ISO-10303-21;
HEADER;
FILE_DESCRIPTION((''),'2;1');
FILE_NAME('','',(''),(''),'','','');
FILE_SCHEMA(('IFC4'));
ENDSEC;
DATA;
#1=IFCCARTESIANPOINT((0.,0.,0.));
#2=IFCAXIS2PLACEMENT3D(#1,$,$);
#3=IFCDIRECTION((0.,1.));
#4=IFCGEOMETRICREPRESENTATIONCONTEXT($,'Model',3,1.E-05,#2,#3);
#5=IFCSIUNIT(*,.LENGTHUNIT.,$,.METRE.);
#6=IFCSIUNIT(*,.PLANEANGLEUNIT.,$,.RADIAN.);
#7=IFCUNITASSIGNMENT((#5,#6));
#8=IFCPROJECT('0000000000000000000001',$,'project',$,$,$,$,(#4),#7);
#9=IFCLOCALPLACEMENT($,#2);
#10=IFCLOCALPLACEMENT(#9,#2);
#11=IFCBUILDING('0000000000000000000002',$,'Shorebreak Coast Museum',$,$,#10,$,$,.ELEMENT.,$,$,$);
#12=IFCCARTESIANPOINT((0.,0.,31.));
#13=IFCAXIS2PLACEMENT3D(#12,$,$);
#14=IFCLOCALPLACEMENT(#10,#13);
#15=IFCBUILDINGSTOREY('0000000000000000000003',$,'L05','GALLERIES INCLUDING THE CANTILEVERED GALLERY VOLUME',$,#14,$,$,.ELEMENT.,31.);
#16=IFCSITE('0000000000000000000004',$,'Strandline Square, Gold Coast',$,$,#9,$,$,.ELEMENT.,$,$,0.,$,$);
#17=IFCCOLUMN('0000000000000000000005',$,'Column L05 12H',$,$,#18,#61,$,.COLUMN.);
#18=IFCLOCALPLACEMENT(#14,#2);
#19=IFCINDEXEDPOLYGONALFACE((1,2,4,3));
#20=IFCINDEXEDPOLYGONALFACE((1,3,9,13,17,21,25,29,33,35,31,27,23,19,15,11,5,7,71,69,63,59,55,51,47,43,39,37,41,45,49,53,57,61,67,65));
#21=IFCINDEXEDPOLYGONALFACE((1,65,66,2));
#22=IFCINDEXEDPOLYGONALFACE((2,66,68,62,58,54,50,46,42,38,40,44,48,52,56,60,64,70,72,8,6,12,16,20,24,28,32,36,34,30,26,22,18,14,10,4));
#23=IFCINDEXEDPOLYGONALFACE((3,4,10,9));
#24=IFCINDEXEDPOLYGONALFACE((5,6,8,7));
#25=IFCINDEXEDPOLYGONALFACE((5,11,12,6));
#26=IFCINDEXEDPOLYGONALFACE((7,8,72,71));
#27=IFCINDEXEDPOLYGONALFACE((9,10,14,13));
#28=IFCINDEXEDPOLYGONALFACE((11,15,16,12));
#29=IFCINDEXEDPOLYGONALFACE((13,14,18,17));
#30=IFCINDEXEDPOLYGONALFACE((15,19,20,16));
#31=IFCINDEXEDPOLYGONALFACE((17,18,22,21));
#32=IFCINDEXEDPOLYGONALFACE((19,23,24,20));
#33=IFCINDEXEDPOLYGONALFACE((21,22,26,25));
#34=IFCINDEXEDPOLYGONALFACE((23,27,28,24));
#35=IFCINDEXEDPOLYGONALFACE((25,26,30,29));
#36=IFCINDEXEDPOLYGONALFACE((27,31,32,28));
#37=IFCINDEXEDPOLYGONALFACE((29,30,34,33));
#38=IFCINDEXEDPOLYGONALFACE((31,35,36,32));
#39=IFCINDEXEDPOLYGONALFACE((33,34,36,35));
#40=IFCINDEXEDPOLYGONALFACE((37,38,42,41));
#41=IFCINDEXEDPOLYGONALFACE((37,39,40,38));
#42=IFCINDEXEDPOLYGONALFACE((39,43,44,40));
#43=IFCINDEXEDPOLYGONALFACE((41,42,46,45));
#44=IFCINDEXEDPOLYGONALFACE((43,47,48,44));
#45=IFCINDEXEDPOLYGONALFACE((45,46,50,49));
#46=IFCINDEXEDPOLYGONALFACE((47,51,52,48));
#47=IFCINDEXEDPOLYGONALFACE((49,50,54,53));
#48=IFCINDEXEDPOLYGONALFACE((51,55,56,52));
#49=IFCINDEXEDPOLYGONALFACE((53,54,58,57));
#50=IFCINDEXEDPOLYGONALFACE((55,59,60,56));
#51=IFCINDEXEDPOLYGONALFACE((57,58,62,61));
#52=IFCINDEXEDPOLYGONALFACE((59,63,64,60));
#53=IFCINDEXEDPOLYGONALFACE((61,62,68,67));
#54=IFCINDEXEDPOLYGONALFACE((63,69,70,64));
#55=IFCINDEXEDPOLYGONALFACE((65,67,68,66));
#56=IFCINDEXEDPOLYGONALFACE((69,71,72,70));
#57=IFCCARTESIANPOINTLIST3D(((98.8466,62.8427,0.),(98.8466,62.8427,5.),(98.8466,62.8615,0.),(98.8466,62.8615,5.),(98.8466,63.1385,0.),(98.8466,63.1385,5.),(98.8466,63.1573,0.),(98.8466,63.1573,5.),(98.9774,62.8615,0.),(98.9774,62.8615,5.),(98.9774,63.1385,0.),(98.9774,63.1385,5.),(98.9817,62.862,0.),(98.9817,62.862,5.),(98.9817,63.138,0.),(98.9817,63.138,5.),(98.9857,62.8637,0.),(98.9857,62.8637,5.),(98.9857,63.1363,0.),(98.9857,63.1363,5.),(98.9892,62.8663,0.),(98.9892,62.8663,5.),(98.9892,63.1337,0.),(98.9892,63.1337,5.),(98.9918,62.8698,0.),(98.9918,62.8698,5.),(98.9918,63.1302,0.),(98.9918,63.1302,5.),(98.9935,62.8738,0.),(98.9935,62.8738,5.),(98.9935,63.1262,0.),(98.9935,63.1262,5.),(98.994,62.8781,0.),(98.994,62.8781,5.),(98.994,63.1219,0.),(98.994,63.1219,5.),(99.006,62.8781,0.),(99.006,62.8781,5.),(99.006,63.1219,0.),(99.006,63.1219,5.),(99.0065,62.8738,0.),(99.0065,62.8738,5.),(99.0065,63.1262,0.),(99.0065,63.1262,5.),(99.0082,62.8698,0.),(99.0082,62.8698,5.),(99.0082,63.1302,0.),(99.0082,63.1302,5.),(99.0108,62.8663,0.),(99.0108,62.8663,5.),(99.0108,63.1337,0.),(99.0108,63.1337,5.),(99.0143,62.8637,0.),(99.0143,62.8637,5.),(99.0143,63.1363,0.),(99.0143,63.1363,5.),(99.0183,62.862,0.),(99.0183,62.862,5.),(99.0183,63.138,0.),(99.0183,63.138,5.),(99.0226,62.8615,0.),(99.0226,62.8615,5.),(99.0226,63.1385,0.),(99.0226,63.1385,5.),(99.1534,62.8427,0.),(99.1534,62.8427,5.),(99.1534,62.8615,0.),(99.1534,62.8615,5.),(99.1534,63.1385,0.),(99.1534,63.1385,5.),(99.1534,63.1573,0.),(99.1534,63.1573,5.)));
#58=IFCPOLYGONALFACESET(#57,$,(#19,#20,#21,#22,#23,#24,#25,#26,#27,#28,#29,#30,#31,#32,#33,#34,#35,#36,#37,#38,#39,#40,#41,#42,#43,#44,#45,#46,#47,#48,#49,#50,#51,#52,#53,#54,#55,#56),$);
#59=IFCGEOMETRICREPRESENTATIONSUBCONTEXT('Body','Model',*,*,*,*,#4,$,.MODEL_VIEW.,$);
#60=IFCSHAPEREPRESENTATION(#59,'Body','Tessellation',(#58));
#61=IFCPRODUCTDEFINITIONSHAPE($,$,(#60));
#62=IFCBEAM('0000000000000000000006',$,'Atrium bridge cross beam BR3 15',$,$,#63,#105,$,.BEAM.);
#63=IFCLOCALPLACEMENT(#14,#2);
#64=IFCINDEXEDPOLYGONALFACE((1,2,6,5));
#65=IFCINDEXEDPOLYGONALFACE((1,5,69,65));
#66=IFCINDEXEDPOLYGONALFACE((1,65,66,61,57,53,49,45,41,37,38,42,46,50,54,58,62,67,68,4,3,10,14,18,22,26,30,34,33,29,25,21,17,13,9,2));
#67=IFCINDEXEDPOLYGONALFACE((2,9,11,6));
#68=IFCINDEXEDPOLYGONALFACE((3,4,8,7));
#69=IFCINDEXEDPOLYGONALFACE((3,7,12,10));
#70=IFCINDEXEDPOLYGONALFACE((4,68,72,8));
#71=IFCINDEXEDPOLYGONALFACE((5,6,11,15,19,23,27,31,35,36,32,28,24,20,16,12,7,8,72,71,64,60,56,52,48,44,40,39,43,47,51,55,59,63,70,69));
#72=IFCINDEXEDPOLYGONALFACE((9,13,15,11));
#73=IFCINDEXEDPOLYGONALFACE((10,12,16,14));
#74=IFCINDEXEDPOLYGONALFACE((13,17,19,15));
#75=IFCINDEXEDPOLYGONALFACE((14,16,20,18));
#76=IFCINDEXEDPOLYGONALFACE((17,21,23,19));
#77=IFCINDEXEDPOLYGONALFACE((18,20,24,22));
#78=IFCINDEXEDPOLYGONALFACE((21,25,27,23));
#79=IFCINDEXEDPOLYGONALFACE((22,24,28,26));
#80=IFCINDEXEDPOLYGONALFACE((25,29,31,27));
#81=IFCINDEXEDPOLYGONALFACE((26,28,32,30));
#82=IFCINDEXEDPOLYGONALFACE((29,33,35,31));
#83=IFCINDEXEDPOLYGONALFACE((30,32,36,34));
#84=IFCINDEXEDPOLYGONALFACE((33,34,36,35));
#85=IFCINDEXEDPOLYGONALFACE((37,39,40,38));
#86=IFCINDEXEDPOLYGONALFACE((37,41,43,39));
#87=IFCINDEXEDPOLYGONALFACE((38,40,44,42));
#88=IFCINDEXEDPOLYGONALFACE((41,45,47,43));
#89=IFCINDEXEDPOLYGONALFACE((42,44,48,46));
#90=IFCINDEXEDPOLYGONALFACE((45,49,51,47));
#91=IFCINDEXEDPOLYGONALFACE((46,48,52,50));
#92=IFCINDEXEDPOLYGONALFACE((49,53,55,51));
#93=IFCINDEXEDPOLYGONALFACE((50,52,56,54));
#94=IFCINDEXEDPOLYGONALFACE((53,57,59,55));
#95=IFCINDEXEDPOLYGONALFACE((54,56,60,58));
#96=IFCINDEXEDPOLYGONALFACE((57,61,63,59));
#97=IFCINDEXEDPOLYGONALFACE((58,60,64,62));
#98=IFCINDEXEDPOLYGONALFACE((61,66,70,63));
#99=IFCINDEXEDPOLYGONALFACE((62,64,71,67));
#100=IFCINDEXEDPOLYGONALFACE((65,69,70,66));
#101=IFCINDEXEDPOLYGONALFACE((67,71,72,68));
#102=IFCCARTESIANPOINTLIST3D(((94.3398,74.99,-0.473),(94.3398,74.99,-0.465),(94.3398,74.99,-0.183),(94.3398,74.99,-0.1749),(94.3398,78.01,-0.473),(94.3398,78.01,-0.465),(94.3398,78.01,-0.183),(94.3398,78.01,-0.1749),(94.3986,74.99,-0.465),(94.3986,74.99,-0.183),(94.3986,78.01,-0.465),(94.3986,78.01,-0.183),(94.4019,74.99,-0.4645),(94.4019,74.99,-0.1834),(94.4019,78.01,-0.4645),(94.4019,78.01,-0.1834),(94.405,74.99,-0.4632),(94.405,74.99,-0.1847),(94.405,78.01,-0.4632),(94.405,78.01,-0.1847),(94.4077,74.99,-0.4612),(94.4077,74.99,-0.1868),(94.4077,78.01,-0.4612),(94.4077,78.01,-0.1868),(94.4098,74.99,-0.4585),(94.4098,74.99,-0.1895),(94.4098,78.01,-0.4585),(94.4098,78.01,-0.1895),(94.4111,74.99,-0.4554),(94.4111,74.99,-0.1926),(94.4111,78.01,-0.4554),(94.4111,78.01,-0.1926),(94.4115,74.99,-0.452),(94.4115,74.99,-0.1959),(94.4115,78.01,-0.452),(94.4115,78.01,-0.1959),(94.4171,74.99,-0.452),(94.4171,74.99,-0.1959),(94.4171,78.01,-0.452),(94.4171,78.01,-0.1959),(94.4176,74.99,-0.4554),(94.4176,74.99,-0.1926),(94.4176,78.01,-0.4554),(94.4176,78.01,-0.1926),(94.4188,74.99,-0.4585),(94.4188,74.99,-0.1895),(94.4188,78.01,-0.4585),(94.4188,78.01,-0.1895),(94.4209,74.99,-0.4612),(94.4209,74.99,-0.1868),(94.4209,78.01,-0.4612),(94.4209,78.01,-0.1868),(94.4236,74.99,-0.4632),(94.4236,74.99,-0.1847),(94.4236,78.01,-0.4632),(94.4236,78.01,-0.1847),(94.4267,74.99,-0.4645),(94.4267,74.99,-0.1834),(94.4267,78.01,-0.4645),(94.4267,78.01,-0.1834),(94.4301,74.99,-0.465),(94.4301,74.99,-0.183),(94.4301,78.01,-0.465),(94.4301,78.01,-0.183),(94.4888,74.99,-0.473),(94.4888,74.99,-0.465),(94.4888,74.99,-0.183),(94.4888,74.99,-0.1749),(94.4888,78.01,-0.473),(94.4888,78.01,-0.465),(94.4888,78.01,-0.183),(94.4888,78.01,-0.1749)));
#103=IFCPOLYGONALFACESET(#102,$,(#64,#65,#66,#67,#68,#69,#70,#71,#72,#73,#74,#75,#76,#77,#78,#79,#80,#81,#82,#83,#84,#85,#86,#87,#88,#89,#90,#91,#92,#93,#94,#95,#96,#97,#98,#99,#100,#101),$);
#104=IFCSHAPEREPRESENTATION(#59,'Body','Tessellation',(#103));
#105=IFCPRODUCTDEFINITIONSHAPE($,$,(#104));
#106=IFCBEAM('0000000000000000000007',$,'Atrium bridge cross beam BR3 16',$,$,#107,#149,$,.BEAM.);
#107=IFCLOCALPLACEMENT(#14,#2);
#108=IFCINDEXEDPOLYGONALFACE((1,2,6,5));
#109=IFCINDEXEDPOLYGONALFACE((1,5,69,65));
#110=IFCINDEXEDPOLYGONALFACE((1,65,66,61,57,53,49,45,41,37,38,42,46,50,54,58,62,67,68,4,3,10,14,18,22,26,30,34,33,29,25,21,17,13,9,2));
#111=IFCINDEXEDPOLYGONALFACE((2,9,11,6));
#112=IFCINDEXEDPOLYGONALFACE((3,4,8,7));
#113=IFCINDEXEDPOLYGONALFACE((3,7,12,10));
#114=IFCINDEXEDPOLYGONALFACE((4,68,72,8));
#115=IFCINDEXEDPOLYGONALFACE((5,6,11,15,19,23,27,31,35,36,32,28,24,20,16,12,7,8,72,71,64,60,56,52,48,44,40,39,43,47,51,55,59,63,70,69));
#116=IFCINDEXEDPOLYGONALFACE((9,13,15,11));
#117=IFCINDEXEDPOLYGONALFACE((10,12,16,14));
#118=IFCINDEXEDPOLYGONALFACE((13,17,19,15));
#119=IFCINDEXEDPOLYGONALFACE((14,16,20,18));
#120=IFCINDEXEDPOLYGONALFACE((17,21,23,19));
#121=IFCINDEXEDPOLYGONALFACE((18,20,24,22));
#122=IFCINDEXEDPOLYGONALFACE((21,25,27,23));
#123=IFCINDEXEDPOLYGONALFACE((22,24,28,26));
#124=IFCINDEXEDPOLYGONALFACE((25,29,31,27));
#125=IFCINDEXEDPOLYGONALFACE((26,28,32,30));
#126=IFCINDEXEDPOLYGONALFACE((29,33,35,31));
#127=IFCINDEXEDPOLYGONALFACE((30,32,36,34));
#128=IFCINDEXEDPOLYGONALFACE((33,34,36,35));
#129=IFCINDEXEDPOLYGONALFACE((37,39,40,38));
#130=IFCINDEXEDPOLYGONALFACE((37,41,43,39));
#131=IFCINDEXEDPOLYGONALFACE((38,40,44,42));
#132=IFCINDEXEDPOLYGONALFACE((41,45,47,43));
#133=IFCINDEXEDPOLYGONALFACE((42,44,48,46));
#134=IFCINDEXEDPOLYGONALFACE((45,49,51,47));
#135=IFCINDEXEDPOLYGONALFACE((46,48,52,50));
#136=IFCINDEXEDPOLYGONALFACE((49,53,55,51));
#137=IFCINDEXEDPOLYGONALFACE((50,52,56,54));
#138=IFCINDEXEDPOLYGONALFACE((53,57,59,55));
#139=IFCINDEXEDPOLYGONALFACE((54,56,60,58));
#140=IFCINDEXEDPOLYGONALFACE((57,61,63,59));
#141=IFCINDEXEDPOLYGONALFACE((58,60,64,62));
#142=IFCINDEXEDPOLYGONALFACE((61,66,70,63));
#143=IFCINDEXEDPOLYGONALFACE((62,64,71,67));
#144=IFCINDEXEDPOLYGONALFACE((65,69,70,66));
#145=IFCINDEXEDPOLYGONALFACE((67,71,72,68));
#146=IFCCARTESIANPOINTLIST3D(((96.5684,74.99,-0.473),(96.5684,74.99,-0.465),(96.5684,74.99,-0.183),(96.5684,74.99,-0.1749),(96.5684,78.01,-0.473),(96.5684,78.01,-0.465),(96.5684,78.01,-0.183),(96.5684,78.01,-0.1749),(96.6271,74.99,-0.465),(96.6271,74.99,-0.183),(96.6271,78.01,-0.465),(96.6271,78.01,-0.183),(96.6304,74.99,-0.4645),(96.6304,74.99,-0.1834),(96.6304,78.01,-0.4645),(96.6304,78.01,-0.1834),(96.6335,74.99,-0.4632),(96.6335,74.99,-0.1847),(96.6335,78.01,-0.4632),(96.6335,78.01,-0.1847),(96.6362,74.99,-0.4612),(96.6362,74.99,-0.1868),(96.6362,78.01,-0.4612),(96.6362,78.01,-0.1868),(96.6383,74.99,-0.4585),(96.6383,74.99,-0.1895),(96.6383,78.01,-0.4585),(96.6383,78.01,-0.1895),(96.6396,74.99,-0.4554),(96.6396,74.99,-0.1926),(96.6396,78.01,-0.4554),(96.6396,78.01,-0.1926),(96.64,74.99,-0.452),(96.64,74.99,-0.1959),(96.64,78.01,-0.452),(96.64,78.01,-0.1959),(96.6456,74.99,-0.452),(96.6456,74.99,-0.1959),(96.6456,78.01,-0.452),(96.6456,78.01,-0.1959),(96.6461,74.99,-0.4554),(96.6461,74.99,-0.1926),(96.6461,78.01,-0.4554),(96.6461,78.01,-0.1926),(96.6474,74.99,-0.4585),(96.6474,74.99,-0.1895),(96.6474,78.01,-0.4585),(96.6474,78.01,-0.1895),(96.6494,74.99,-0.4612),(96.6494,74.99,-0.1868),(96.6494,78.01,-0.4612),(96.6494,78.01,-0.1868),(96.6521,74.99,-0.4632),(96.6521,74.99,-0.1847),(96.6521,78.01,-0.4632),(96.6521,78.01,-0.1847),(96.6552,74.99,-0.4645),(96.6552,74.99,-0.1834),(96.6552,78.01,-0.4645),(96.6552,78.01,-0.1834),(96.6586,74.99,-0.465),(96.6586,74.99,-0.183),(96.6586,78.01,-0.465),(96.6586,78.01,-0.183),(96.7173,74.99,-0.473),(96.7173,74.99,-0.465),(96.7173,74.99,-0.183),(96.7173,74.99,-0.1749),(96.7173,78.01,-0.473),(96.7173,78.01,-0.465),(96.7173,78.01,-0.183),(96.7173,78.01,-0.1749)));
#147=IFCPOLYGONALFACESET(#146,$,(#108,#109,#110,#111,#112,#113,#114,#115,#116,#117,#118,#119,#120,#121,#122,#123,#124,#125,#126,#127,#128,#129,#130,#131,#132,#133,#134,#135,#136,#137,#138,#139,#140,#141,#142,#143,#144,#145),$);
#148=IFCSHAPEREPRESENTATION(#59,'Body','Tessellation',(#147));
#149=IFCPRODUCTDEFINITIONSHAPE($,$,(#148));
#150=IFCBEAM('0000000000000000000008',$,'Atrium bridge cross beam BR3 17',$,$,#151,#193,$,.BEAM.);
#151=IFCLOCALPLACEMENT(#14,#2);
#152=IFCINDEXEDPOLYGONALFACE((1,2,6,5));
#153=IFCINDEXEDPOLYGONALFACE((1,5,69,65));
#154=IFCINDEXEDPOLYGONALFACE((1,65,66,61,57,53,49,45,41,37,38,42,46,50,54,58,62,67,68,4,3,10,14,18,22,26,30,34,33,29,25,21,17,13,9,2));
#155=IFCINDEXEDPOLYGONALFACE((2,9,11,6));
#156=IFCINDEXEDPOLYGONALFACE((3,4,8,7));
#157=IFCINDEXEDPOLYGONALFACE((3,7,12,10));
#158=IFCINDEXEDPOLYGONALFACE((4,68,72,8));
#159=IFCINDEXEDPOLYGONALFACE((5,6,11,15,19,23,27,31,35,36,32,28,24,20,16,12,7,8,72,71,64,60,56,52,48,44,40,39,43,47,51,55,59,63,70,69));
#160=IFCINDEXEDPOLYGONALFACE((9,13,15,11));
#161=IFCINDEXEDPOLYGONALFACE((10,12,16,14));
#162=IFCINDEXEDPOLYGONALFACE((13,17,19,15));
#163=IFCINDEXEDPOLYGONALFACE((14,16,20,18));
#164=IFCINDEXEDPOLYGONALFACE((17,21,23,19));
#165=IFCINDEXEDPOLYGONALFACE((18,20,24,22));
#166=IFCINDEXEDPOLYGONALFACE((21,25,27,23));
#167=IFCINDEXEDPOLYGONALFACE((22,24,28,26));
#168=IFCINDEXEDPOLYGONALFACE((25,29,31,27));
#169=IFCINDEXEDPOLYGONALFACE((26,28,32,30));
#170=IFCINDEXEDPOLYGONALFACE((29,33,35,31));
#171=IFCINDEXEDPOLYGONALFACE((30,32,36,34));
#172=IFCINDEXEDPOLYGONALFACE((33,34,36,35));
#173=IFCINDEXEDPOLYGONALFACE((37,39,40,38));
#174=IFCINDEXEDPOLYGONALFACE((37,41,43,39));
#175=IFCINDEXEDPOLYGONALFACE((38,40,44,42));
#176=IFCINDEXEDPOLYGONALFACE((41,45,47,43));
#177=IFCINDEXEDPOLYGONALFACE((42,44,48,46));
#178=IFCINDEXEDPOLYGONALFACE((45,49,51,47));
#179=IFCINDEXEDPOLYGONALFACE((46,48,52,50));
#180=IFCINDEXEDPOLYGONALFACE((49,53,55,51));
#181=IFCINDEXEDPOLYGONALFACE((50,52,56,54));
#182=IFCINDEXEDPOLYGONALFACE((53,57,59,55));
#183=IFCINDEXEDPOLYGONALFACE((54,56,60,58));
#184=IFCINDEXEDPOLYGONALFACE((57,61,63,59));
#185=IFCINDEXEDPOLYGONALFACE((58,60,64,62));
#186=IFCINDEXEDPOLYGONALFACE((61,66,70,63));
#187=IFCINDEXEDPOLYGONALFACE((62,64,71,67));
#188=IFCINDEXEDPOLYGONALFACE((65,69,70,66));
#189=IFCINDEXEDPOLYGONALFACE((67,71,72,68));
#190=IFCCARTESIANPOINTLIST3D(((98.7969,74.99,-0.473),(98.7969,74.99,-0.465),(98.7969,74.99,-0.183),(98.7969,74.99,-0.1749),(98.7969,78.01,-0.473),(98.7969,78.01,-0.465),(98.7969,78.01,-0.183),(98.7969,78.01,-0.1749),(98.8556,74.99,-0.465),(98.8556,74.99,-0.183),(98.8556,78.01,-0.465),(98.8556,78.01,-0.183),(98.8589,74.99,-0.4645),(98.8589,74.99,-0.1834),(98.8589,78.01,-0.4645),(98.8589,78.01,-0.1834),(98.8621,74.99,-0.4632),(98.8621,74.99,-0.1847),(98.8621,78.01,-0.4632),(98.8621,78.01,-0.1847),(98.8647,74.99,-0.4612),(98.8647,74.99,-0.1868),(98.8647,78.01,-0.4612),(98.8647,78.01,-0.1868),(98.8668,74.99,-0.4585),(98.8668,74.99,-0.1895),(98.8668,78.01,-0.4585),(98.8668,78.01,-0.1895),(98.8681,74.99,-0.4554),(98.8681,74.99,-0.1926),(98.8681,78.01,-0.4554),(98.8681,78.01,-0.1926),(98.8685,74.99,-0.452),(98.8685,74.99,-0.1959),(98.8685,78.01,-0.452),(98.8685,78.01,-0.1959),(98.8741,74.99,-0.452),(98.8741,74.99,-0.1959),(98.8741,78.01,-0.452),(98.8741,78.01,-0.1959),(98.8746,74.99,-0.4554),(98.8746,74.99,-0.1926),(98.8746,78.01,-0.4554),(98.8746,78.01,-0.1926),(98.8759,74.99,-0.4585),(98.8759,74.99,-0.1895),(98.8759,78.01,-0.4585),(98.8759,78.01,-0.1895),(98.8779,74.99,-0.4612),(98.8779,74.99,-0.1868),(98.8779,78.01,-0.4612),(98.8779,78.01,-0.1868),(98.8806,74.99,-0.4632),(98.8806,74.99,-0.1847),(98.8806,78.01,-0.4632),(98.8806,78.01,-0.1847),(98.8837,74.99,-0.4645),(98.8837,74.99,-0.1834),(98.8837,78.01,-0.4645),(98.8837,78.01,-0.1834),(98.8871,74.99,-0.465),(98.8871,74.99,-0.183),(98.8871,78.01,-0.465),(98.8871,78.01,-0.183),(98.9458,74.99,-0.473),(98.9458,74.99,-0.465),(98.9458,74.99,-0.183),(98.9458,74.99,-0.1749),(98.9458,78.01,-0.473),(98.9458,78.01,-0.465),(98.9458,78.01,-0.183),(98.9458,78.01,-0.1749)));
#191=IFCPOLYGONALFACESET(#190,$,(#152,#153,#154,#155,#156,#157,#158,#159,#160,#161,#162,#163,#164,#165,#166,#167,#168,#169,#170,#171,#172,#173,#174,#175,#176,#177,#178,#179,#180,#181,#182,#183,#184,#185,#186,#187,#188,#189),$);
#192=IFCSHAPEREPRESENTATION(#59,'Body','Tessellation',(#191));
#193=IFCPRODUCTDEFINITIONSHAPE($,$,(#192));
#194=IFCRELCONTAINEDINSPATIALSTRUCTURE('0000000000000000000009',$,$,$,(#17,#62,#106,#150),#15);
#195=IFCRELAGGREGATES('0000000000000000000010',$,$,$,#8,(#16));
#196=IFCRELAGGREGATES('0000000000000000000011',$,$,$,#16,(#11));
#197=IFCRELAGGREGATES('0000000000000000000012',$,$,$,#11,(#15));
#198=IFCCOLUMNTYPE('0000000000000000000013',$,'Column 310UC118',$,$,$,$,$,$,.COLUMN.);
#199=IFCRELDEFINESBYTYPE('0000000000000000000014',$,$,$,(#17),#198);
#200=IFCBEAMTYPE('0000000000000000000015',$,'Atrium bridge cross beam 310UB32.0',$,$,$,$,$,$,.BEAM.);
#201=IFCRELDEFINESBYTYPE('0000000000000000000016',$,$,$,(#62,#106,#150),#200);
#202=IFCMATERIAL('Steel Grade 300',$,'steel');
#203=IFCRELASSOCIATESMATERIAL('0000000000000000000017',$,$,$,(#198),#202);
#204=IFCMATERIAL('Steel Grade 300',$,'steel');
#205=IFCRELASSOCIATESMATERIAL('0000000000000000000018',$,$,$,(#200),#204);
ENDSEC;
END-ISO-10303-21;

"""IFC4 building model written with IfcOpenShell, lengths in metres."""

from ifc_helpers import new_model, si_unit, direction, frame, origin, origin_2d, place, context, subcontext, project, spatial, i_section, extrude, material, material_profile, profile_set, type_object, element, save


model = new_model("IFC4")

# Units and contexts
model_context = context("Model", 3, precision=1e-05, world=origin(), true_north=direction((0.0, 1.0)))
body_context = subcontext(model_context, "Body", "Model", "MODEL_VIEW")
ifc_project = project(units=[si_unit("LENGTHUNIT", "METRE"), si_unit("PLANEANGLEUNIT", "RADIAN")], contexts=[model_context])

# Site, building, storey
site_placement = place(None, origin())
site = spatial("IfcSite", under=ifc_project, at=site_placement, Name="Strandline Square, Gold Coast", CompositionType="ELEMENT", RefElevation=0.0)
building_placement = place(site_placement, origin())
building = spatial("IfcBuilding", under=site, at=building_placement, Name="Shorebreak Coast Museum", CompositionType="ELEMENT")
storey_placement = place(building_placement, frame((0.0, 0.0, 31.0)))
storey = spatial("IfcBuildingStorey", under=building, at=storey_placement, Name="L05", Description="GALLERIES INCLUDING THE CANTILEVERED GALLERY VOLUME", CompositionType="ELEMENT", Elevation=31.0)

# Column
ifc_material_1 = material(Name="Steel Grade 300", Category="steel")
ifc_material_profile_1 = material_profile(ifc_material_1, i_section(OverallWidth=0.3069, OverallDepth=0.3147, WebThickness=0.012, FlangeThickness=0.0188, FilletRadius=0.0166, at=origin_2d()), Name="310UC118")
ifc_profile_set_1 = profile_set([ifc_material_profile_1], Name="Steel Grade 300")
column_type = type_object("IfcColumnType", Name="Column 310UC118", PredefinedType="COLUMN", material=ifc_profile_set_1)
column_placement = place(storey_placement, frame((99.0, 63.0, 0.0), z_axis=(0.0, 0.0, 1.0), x_axis=(1.0, 0.0, 0.0)))
element("IfcColumn", 1, at=column_placement, inside=storey, type_object=column_type, Name="Column L05 12H", PredefinedType="COLUMN", context=body_context, shape_type="SweptSolid", body=[
    extrude(i_section(OverallWidth=0.3069, OverallDepth=0.3147, WebThickness=0.012, FlangeThickness=0.0188, FilletRadius=0.0166, at=origin_2d()), origin(), (0.0, 0.0, 1.0), 5.0),
])

# Beams
ifc_material_2 = material(Name="Steel Grade 300", Category="steel")
ifc_material_profile_2 = material_profile(ifc_material_2, i_section(OverallWidth=0.1489, OverallDepth=0.2981, WebThickness=0.0056, FlangeThickness=0.0081, FilletRadius=0.0129, at=origin_2d()), Name="310UB32.0")
ifc_profile_set_2 = profile_set([ifc_material_profile_2], Name="Steel Grade 300")
beam_type_1 = type_object("IfcBeamType", Name="Atrium bridge cross beam 310UB32.0", PredefinedType="BEAM", material=ifc_profile_set_2)
for number, where, z_axis, x_axis, name in (
    (2, (94.4143, 74.99, -0.324), (0.0, 1.0, 0.0), (-1.0, 0.0, 0.0), "Atrium bridge cross beam BR3 15"),
    (3, (96.6428, 74.99, -0.324), (0.0, 1.0, 0.0), (-1.0, 0.0, 0.0), "Atrium bridge cross beam BR3 16"),
    (4, (98.8713, 74.99, -0.324), (0.0, 1.0, 0.0), (-1.0, 0.0, 0.0), "Atrium bridge cross beam BR3 17"),
):
    element("IfcBeam", number, at=place(storey_placement, frame(where, z_axis=z_axis, x_axis=x_axis)), inside=storey, type_object=beam_type_1, Name=name, PredefinedType="BEAM", context=body_context, shape_type="SweptSolid", body=[
        extrude(i_section(OverallWidth=0.1489, OverallDepth=0.2981, WebThickness=0.0056, FlangeThickness=0.0081, FilletRadius=0.0129, at=origin_2d()), origin(), (0.0, 0.0, 1.0), 3.02),
    ])

save(model, "model.ifc")
